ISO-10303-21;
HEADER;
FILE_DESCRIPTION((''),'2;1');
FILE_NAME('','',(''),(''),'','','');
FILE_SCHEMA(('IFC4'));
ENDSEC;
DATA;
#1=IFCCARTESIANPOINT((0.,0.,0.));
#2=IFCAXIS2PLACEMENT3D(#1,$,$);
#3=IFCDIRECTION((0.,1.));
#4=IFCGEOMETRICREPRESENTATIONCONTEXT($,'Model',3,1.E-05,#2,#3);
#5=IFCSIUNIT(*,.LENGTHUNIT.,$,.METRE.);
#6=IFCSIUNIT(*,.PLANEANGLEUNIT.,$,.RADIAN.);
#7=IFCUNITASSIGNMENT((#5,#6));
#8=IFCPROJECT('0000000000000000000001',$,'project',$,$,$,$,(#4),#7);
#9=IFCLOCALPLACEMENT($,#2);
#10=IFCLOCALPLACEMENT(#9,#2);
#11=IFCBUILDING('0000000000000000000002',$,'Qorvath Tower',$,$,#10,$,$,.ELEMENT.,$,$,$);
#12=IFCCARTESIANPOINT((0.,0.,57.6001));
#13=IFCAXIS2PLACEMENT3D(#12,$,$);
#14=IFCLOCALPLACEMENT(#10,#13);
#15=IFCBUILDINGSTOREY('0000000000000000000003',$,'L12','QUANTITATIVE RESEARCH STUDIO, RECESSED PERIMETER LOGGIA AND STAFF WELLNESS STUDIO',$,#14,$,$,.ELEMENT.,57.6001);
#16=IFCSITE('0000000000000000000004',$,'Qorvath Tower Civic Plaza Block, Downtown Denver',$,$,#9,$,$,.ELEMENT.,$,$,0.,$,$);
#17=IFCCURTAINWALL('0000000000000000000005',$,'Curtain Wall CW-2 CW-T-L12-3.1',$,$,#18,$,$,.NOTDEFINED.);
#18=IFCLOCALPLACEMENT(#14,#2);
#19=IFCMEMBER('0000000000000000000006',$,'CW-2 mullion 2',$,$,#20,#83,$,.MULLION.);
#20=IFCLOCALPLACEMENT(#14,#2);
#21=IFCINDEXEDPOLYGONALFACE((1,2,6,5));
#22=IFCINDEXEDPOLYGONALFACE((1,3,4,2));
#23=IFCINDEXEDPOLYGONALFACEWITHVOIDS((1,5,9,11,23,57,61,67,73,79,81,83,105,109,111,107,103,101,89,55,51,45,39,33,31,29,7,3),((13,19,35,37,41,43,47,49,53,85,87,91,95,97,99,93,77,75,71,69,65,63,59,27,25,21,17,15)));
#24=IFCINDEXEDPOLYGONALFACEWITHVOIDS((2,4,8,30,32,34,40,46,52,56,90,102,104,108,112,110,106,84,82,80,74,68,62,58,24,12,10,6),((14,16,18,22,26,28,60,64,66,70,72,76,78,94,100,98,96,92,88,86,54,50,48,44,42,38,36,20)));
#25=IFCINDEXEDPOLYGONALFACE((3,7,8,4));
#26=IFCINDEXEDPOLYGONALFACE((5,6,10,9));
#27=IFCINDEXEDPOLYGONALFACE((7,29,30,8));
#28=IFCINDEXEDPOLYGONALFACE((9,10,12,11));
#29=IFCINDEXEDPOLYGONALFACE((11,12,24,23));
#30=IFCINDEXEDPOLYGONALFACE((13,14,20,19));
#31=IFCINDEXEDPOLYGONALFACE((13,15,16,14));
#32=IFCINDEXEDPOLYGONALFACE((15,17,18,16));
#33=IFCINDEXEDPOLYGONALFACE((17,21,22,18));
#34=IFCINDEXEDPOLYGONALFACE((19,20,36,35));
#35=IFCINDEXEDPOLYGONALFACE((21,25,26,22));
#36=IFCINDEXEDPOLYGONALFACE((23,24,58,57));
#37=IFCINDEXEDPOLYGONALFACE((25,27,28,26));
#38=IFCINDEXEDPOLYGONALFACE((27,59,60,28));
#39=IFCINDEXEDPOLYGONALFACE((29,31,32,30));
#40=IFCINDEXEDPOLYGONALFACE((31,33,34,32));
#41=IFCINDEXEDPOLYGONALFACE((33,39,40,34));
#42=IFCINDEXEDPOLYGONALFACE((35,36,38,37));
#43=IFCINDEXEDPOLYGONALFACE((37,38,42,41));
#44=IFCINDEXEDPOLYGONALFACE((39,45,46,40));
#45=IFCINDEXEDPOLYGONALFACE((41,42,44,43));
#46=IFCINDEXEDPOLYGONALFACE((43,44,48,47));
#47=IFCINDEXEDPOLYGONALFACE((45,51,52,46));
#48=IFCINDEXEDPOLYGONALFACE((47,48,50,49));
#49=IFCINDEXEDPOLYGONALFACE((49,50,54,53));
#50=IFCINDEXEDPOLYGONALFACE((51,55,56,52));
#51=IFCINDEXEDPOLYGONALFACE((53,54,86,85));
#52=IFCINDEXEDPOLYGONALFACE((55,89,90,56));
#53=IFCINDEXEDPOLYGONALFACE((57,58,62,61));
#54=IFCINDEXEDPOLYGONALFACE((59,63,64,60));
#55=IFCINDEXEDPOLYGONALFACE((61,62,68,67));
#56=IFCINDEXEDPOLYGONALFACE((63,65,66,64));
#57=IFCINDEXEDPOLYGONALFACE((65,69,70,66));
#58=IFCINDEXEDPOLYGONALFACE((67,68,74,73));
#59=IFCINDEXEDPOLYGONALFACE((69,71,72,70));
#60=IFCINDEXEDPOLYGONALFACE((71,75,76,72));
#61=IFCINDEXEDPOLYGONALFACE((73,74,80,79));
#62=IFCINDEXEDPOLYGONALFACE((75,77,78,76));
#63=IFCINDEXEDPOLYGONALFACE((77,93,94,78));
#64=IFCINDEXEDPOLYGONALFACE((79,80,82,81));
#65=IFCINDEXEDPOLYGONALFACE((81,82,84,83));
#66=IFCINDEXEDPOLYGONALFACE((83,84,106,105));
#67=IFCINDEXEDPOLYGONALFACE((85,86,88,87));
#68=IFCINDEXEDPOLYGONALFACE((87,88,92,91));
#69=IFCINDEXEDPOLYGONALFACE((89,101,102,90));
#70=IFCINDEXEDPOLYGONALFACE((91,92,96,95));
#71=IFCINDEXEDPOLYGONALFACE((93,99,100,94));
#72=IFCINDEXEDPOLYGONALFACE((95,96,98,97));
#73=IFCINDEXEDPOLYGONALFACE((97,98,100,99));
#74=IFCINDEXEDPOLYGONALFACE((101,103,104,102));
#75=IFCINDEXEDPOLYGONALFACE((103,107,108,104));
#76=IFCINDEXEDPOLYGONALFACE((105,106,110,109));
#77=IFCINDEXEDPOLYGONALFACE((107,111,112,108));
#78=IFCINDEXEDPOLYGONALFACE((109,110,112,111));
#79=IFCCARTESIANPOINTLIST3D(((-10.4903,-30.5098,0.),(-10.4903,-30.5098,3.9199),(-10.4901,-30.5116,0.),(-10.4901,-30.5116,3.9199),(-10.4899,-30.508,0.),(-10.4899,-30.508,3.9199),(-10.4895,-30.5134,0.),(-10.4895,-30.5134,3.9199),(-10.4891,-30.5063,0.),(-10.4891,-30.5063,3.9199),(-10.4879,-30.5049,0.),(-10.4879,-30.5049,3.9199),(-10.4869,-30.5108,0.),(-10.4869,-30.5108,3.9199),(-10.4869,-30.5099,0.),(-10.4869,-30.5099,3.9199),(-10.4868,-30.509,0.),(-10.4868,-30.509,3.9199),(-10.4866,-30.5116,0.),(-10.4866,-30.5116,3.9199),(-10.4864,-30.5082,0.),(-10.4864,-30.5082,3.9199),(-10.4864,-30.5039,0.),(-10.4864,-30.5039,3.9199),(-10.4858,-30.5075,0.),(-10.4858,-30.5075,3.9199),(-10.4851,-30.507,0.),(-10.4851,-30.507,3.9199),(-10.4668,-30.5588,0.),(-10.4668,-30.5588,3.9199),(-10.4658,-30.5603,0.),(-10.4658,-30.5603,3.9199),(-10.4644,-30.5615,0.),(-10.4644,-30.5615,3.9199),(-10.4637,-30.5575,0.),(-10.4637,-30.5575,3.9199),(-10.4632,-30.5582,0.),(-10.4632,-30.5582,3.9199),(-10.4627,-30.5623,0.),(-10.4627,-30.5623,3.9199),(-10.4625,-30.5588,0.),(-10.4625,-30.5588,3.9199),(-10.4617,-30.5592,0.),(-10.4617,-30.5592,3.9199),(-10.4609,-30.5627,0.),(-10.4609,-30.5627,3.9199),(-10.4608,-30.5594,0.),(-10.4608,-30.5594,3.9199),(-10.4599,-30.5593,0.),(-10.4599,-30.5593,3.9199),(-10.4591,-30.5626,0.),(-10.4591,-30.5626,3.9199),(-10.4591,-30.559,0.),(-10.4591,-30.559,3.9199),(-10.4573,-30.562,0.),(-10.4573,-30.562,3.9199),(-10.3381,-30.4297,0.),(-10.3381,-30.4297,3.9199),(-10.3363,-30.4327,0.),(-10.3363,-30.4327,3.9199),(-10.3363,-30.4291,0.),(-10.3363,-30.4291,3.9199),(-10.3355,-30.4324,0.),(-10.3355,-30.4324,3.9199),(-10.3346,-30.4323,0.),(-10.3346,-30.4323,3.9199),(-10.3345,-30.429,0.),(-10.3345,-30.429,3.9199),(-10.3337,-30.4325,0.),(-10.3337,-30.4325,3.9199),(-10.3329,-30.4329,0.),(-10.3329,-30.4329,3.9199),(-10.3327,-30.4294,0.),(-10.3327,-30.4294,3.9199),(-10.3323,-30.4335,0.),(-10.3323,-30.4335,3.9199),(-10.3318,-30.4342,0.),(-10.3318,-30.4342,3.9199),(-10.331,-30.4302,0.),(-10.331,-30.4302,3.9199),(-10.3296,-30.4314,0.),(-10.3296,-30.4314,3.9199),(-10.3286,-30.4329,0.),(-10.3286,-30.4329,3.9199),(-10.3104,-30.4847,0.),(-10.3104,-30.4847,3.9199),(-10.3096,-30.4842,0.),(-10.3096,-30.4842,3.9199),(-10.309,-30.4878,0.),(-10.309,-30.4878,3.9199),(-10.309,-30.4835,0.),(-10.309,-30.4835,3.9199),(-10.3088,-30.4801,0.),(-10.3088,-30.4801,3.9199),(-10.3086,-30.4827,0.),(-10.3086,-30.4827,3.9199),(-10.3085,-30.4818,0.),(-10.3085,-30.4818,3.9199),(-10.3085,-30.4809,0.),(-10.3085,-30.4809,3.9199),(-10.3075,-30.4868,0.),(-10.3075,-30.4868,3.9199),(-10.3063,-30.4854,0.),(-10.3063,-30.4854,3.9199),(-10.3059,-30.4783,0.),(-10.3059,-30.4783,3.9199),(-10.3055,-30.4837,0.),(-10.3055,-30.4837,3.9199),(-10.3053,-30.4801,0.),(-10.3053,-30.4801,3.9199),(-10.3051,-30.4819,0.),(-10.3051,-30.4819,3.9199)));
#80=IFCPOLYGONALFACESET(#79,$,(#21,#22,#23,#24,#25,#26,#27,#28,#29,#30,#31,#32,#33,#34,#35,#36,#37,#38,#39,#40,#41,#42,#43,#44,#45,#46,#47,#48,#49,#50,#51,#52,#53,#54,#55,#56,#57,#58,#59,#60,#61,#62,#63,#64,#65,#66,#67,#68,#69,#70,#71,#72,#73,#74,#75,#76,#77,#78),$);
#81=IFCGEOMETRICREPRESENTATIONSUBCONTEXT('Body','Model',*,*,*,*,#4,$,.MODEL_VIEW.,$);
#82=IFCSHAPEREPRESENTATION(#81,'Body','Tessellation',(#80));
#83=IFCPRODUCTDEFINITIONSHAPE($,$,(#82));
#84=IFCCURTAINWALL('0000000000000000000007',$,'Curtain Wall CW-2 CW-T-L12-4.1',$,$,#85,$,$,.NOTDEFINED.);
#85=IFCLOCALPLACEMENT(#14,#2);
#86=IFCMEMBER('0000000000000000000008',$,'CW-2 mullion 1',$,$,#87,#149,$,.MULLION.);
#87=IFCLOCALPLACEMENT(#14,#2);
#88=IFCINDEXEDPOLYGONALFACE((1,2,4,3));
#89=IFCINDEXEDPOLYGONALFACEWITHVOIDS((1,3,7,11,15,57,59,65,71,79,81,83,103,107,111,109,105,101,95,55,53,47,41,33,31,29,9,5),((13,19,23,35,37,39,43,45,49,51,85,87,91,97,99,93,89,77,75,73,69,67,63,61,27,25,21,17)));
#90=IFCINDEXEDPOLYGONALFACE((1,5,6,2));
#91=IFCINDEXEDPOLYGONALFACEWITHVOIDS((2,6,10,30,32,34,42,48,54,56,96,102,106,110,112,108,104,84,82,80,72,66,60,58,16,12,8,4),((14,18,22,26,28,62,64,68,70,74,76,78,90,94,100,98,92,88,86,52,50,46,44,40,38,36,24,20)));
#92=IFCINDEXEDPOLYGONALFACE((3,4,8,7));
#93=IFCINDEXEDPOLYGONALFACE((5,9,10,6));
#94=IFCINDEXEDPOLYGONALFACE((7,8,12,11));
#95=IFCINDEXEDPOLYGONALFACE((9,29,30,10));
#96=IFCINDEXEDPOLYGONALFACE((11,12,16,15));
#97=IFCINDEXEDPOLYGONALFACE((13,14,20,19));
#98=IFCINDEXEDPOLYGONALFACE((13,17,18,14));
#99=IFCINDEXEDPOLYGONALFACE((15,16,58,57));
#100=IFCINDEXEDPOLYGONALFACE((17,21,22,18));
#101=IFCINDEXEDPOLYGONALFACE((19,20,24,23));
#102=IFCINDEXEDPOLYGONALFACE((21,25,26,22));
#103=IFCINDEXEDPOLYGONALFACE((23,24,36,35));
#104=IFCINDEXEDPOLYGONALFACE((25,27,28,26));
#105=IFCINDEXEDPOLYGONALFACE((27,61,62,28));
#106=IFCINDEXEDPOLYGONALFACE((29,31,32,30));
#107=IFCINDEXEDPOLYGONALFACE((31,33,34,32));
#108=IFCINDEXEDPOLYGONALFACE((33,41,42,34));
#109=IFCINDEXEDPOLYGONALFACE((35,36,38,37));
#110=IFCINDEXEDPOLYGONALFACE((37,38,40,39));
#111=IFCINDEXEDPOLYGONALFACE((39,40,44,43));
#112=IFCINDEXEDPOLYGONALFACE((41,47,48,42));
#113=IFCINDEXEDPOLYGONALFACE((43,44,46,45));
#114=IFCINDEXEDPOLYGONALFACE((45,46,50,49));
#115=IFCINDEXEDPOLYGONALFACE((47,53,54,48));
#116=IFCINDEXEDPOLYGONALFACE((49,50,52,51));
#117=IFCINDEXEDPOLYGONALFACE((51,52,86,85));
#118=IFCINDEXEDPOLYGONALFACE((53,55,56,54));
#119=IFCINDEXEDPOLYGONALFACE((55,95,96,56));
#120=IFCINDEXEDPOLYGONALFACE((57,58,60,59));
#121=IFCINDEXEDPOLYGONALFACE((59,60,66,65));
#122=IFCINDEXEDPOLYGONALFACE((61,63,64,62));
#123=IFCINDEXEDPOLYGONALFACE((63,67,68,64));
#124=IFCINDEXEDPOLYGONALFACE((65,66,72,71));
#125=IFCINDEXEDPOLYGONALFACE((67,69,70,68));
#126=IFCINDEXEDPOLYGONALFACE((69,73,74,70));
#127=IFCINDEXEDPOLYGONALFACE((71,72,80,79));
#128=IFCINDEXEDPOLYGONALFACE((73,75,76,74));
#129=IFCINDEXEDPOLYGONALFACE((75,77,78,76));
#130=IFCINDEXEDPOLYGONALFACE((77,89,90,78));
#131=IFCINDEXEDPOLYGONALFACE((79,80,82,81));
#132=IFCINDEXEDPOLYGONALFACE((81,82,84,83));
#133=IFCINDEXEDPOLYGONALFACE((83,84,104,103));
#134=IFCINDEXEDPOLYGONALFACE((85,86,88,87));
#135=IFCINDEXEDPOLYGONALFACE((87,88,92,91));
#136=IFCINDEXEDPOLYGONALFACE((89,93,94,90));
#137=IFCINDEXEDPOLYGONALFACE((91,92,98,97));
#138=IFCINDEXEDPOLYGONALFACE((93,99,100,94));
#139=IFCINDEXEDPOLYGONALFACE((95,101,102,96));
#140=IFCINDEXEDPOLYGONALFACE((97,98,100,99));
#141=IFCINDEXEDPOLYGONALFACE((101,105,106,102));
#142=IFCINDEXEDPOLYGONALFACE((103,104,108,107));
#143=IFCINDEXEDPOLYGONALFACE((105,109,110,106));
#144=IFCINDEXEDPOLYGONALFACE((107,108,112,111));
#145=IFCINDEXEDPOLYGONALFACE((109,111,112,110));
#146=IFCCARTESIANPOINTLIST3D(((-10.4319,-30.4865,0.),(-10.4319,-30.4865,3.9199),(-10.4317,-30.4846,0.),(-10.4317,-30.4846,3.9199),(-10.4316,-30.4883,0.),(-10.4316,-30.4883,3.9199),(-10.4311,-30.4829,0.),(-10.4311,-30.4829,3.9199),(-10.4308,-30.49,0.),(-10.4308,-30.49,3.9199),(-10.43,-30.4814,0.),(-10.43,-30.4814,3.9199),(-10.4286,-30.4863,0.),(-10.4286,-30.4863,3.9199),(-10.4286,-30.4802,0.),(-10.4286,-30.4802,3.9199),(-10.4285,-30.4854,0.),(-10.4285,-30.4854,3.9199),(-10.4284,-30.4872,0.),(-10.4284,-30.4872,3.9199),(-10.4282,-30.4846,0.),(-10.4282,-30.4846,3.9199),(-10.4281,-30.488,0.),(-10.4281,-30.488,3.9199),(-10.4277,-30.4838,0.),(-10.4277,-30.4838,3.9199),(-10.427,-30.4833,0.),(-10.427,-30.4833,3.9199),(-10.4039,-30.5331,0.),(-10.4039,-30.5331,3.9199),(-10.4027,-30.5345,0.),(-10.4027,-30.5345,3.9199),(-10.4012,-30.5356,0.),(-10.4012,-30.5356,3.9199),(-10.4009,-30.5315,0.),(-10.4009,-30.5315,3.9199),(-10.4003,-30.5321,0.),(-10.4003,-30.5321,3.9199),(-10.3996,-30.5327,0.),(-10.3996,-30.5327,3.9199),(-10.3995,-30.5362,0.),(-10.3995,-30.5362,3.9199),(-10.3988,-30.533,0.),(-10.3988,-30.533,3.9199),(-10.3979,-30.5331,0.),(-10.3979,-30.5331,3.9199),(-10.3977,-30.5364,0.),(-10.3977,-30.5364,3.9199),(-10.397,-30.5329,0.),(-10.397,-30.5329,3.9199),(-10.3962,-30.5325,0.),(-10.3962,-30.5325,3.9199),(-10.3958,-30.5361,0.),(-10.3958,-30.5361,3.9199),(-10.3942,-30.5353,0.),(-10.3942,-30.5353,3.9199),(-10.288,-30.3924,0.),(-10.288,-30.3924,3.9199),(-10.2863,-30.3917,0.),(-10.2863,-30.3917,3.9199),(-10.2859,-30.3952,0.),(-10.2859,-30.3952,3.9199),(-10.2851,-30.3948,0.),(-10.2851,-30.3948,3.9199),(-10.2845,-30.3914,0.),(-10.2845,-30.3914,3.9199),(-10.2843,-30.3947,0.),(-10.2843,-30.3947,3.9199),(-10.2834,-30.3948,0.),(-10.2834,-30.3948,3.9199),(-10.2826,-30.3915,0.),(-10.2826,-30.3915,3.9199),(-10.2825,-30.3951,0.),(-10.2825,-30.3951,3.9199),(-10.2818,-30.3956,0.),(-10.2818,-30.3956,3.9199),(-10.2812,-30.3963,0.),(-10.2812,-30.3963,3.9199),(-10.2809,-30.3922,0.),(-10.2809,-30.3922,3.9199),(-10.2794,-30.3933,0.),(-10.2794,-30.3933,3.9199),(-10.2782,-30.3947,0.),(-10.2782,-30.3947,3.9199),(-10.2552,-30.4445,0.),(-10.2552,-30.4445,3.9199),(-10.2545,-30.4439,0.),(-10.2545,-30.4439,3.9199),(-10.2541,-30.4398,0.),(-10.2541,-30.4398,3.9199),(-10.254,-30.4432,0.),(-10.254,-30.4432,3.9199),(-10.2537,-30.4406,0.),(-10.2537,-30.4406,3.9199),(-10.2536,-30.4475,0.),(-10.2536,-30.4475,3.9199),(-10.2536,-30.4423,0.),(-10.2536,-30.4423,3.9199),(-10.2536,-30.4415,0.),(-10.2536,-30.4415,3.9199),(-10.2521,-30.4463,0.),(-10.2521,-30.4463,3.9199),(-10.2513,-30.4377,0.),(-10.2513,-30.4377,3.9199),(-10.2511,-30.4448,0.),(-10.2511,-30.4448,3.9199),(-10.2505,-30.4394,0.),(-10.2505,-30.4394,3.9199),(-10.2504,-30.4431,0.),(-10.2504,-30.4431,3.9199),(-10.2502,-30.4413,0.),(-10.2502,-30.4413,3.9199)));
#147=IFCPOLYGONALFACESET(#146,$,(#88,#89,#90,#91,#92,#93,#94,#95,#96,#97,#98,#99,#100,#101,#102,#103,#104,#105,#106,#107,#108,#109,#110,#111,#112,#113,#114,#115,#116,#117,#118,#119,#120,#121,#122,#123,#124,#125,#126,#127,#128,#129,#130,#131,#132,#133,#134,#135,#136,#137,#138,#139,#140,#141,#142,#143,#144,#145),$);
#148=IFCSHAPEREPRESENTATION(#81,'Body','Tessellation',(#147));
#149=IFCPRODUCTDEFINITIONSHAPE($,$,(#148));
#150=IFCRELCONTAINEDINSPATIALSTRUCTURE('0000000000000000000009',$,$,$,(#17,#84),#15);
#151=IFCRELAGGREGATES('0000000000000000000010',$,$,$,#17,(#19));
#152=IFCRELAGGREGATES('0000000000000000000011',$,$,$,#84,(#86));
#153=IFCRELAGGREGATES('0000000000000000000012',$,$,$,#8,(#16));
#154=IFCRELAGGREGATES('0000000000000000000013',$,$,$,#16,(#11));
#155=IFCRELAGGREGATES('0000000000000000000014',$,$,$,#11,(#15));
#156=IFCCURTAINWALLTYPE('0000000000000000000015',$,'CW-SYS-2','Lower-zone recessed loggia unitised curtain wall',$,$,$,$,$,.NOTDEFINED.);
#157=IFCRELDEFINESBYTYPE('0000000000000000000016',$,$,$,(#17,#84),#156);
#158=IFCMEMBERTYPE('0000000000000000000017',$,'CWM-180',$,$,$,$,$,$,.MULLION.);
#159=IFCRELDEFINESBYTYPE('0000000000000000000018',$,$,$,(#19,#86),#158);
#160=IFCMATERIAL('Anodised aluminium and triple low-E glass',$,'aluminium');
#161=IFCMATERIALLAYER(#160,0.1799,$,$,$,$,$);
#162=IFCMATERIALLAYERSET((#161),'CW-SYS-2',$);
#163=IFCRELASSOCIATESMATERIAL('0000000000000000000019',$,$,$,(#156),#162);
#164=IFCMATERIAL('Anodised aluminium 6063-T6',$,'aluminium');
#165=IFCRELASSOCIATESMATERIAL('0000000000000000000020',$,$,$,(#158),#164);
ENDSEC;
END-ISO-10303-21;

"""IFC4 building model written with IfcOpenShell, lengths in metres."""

from ifc_helpers import new_model, si_unit, direction, frame, origin, origin_2d, place, context, subcontext, project, spatial, hollow_rectangle, extrude, material, layer, layer_set, material_profile, profile_set, type_object, element, aggregate, save


model = new_model("IFC4")

# Units and contexts
model_context = context("Model", 3, precision=1e-05, world=origin(), true_north=direction((0.0, 1.0)))
body_context = subcontext(model_context, "Body", "Model", "MODEL_VIEW")
ifc_project = project(units=[si_unit("LENGTHUNIT", "METRE"), si_unit("PLANEANGLEUNIT", "RADIAN")], contexts=[model_context])

# Site, building, storey
site_placement = place(None, origin())
site = spatial("IfcSite", under=ifc_project, at=site_placement, Name="Qorvath Tower Civic Plaza Block, Downtown Denver", CompositionType="ELEMENT", RefElevation=0.0)
building_placement = place(site_placement, origin())
building = spatial("IfcBuilding", under=site, at=building_placement, Name="Qorvath Tower", CompositionType="ELEMENT")
storey_placement = place(building_placement, frame((0.0, 0.0, 57.6001)))
storey = spatial("IfcBuildingStorey", under=building, at=storey_placement, Name="L12", Description="QUANTITATIVE RESEARCH STUDIO, RECESSED PERIMETER LOGGIA AND STAFF WELLNESS STUDIO", CompositionType="ELEMENT", Elevation=57.6001)

# Shared definitions
ifc_material_1 = material(Name="Anodised aluminium and triple low-E glass", Category="aluminium")
ifc_layer_1 = layer(ifc_material_1, 0.1799)
ifc_layer_set_1 = layer_set([ifc_layer_1], Name="CW-SYS-2")
curtain_wall_type = type_object("IfcCurtainWallType", Name="CW-SYS-2", Description="Lower-zone recessed loggia unitised curtain wall", PredefinedType="NOTDEFINED", material=ifc_layer_set_1)
ifc_material_2 = material(Name="Anodised aluminium 6063-T6", Category="aluminium")
ifc_material_profile_1 = material_profile(ifc_material_2, hollow_rectangle(XDim=0.0649, YDim=0.1799, WallThickness=0.0034, InnerFilletRadius=0.0034, OuterFilletRadius=0.0071, at=origin_2d()), Name="CWM 180x65")
ifc_profile_set_1 = profile_set([ifc_material_profile_1], Name="Anodised aluminium 6063-T6")
member_type_1 = type_object("IfcMemberType", Name="CWM-180", PredefinedType="MULLION", material=ifc_profile_set_1)

# Curtain walls, members
curtain_wall_1_placement = place(storey_placement, origin())
curtain_wall_1 = element("IfcCurtainWall", 1, at=curtain_wall_1_placement, inside=storey, type_object=curtain_wall_type, Name="Curtain Wall CW-2 CW-T-L12-3.1", PredefinedType="NOTDEFINED")
member_1_placement = place(storey_placement, frame((-10.3977, -30.4958, 0.0), z_axis=(0.0, 0.0, 1.0), x_axis=(-0.447214, 0.894427, 0.0)))
member_1 = element("IfcMember", 2, at=member_1_placement, type_object=member_type_1, Name="CW-2 mullion 2", PredefinedType="MULLION", context=body_context, shape_type="SweptSolid", body=[
    extrude(hollow_rectangle(XDim=0.0649, YDim=0.1799, WallThickness=0.0034, InnerFilletRadius=0.0034, OuterFilletRadius=0.0071, at=origin_2d()), origin(), (0.0, 0.0, 1.0), 3.9199),
])
curtain_wall_2_placement = place(storey_placement, origin())
curtain_wall_2 = element("IfcCurtainWall", 3, at=curtain_wall_2_placement, inside=storey, type_object=curtain_wall_type, Name="Curtain Wall CW-2 CW-T-L12-4.1", PredefinedType="NOTDEFINED")
member_2_placement = place(storey_placement, frame((-10.3411, -30.4639, 0.0), z_axis=(0.0, 0.0, 1.0), x_axis=(-0.529692, 0.84819, 0.0)))
member_2 = element("IfcMember", 4, at=member_2_placement, type_object=member_type_1, Name="CW-2 mullion 1", PredefinedType="MULLION", context=body_context, shape_type="SweptSolid", body=[
    extrude(hollow_rectangle(XDim=0.0649, YDim=0.1799, WallThickness=0.0034, InnerFilletRadius=0.0034, OuterFilletRadius=0.0071, at=origin_2d()), origin(), (0.0, 0.0, 1.0), 3.9199),
])

aggregate(curtain_wall_1, [member_1])
aggregate(curtain_wall_2, [member_2])

save(model, "model.ifc")
